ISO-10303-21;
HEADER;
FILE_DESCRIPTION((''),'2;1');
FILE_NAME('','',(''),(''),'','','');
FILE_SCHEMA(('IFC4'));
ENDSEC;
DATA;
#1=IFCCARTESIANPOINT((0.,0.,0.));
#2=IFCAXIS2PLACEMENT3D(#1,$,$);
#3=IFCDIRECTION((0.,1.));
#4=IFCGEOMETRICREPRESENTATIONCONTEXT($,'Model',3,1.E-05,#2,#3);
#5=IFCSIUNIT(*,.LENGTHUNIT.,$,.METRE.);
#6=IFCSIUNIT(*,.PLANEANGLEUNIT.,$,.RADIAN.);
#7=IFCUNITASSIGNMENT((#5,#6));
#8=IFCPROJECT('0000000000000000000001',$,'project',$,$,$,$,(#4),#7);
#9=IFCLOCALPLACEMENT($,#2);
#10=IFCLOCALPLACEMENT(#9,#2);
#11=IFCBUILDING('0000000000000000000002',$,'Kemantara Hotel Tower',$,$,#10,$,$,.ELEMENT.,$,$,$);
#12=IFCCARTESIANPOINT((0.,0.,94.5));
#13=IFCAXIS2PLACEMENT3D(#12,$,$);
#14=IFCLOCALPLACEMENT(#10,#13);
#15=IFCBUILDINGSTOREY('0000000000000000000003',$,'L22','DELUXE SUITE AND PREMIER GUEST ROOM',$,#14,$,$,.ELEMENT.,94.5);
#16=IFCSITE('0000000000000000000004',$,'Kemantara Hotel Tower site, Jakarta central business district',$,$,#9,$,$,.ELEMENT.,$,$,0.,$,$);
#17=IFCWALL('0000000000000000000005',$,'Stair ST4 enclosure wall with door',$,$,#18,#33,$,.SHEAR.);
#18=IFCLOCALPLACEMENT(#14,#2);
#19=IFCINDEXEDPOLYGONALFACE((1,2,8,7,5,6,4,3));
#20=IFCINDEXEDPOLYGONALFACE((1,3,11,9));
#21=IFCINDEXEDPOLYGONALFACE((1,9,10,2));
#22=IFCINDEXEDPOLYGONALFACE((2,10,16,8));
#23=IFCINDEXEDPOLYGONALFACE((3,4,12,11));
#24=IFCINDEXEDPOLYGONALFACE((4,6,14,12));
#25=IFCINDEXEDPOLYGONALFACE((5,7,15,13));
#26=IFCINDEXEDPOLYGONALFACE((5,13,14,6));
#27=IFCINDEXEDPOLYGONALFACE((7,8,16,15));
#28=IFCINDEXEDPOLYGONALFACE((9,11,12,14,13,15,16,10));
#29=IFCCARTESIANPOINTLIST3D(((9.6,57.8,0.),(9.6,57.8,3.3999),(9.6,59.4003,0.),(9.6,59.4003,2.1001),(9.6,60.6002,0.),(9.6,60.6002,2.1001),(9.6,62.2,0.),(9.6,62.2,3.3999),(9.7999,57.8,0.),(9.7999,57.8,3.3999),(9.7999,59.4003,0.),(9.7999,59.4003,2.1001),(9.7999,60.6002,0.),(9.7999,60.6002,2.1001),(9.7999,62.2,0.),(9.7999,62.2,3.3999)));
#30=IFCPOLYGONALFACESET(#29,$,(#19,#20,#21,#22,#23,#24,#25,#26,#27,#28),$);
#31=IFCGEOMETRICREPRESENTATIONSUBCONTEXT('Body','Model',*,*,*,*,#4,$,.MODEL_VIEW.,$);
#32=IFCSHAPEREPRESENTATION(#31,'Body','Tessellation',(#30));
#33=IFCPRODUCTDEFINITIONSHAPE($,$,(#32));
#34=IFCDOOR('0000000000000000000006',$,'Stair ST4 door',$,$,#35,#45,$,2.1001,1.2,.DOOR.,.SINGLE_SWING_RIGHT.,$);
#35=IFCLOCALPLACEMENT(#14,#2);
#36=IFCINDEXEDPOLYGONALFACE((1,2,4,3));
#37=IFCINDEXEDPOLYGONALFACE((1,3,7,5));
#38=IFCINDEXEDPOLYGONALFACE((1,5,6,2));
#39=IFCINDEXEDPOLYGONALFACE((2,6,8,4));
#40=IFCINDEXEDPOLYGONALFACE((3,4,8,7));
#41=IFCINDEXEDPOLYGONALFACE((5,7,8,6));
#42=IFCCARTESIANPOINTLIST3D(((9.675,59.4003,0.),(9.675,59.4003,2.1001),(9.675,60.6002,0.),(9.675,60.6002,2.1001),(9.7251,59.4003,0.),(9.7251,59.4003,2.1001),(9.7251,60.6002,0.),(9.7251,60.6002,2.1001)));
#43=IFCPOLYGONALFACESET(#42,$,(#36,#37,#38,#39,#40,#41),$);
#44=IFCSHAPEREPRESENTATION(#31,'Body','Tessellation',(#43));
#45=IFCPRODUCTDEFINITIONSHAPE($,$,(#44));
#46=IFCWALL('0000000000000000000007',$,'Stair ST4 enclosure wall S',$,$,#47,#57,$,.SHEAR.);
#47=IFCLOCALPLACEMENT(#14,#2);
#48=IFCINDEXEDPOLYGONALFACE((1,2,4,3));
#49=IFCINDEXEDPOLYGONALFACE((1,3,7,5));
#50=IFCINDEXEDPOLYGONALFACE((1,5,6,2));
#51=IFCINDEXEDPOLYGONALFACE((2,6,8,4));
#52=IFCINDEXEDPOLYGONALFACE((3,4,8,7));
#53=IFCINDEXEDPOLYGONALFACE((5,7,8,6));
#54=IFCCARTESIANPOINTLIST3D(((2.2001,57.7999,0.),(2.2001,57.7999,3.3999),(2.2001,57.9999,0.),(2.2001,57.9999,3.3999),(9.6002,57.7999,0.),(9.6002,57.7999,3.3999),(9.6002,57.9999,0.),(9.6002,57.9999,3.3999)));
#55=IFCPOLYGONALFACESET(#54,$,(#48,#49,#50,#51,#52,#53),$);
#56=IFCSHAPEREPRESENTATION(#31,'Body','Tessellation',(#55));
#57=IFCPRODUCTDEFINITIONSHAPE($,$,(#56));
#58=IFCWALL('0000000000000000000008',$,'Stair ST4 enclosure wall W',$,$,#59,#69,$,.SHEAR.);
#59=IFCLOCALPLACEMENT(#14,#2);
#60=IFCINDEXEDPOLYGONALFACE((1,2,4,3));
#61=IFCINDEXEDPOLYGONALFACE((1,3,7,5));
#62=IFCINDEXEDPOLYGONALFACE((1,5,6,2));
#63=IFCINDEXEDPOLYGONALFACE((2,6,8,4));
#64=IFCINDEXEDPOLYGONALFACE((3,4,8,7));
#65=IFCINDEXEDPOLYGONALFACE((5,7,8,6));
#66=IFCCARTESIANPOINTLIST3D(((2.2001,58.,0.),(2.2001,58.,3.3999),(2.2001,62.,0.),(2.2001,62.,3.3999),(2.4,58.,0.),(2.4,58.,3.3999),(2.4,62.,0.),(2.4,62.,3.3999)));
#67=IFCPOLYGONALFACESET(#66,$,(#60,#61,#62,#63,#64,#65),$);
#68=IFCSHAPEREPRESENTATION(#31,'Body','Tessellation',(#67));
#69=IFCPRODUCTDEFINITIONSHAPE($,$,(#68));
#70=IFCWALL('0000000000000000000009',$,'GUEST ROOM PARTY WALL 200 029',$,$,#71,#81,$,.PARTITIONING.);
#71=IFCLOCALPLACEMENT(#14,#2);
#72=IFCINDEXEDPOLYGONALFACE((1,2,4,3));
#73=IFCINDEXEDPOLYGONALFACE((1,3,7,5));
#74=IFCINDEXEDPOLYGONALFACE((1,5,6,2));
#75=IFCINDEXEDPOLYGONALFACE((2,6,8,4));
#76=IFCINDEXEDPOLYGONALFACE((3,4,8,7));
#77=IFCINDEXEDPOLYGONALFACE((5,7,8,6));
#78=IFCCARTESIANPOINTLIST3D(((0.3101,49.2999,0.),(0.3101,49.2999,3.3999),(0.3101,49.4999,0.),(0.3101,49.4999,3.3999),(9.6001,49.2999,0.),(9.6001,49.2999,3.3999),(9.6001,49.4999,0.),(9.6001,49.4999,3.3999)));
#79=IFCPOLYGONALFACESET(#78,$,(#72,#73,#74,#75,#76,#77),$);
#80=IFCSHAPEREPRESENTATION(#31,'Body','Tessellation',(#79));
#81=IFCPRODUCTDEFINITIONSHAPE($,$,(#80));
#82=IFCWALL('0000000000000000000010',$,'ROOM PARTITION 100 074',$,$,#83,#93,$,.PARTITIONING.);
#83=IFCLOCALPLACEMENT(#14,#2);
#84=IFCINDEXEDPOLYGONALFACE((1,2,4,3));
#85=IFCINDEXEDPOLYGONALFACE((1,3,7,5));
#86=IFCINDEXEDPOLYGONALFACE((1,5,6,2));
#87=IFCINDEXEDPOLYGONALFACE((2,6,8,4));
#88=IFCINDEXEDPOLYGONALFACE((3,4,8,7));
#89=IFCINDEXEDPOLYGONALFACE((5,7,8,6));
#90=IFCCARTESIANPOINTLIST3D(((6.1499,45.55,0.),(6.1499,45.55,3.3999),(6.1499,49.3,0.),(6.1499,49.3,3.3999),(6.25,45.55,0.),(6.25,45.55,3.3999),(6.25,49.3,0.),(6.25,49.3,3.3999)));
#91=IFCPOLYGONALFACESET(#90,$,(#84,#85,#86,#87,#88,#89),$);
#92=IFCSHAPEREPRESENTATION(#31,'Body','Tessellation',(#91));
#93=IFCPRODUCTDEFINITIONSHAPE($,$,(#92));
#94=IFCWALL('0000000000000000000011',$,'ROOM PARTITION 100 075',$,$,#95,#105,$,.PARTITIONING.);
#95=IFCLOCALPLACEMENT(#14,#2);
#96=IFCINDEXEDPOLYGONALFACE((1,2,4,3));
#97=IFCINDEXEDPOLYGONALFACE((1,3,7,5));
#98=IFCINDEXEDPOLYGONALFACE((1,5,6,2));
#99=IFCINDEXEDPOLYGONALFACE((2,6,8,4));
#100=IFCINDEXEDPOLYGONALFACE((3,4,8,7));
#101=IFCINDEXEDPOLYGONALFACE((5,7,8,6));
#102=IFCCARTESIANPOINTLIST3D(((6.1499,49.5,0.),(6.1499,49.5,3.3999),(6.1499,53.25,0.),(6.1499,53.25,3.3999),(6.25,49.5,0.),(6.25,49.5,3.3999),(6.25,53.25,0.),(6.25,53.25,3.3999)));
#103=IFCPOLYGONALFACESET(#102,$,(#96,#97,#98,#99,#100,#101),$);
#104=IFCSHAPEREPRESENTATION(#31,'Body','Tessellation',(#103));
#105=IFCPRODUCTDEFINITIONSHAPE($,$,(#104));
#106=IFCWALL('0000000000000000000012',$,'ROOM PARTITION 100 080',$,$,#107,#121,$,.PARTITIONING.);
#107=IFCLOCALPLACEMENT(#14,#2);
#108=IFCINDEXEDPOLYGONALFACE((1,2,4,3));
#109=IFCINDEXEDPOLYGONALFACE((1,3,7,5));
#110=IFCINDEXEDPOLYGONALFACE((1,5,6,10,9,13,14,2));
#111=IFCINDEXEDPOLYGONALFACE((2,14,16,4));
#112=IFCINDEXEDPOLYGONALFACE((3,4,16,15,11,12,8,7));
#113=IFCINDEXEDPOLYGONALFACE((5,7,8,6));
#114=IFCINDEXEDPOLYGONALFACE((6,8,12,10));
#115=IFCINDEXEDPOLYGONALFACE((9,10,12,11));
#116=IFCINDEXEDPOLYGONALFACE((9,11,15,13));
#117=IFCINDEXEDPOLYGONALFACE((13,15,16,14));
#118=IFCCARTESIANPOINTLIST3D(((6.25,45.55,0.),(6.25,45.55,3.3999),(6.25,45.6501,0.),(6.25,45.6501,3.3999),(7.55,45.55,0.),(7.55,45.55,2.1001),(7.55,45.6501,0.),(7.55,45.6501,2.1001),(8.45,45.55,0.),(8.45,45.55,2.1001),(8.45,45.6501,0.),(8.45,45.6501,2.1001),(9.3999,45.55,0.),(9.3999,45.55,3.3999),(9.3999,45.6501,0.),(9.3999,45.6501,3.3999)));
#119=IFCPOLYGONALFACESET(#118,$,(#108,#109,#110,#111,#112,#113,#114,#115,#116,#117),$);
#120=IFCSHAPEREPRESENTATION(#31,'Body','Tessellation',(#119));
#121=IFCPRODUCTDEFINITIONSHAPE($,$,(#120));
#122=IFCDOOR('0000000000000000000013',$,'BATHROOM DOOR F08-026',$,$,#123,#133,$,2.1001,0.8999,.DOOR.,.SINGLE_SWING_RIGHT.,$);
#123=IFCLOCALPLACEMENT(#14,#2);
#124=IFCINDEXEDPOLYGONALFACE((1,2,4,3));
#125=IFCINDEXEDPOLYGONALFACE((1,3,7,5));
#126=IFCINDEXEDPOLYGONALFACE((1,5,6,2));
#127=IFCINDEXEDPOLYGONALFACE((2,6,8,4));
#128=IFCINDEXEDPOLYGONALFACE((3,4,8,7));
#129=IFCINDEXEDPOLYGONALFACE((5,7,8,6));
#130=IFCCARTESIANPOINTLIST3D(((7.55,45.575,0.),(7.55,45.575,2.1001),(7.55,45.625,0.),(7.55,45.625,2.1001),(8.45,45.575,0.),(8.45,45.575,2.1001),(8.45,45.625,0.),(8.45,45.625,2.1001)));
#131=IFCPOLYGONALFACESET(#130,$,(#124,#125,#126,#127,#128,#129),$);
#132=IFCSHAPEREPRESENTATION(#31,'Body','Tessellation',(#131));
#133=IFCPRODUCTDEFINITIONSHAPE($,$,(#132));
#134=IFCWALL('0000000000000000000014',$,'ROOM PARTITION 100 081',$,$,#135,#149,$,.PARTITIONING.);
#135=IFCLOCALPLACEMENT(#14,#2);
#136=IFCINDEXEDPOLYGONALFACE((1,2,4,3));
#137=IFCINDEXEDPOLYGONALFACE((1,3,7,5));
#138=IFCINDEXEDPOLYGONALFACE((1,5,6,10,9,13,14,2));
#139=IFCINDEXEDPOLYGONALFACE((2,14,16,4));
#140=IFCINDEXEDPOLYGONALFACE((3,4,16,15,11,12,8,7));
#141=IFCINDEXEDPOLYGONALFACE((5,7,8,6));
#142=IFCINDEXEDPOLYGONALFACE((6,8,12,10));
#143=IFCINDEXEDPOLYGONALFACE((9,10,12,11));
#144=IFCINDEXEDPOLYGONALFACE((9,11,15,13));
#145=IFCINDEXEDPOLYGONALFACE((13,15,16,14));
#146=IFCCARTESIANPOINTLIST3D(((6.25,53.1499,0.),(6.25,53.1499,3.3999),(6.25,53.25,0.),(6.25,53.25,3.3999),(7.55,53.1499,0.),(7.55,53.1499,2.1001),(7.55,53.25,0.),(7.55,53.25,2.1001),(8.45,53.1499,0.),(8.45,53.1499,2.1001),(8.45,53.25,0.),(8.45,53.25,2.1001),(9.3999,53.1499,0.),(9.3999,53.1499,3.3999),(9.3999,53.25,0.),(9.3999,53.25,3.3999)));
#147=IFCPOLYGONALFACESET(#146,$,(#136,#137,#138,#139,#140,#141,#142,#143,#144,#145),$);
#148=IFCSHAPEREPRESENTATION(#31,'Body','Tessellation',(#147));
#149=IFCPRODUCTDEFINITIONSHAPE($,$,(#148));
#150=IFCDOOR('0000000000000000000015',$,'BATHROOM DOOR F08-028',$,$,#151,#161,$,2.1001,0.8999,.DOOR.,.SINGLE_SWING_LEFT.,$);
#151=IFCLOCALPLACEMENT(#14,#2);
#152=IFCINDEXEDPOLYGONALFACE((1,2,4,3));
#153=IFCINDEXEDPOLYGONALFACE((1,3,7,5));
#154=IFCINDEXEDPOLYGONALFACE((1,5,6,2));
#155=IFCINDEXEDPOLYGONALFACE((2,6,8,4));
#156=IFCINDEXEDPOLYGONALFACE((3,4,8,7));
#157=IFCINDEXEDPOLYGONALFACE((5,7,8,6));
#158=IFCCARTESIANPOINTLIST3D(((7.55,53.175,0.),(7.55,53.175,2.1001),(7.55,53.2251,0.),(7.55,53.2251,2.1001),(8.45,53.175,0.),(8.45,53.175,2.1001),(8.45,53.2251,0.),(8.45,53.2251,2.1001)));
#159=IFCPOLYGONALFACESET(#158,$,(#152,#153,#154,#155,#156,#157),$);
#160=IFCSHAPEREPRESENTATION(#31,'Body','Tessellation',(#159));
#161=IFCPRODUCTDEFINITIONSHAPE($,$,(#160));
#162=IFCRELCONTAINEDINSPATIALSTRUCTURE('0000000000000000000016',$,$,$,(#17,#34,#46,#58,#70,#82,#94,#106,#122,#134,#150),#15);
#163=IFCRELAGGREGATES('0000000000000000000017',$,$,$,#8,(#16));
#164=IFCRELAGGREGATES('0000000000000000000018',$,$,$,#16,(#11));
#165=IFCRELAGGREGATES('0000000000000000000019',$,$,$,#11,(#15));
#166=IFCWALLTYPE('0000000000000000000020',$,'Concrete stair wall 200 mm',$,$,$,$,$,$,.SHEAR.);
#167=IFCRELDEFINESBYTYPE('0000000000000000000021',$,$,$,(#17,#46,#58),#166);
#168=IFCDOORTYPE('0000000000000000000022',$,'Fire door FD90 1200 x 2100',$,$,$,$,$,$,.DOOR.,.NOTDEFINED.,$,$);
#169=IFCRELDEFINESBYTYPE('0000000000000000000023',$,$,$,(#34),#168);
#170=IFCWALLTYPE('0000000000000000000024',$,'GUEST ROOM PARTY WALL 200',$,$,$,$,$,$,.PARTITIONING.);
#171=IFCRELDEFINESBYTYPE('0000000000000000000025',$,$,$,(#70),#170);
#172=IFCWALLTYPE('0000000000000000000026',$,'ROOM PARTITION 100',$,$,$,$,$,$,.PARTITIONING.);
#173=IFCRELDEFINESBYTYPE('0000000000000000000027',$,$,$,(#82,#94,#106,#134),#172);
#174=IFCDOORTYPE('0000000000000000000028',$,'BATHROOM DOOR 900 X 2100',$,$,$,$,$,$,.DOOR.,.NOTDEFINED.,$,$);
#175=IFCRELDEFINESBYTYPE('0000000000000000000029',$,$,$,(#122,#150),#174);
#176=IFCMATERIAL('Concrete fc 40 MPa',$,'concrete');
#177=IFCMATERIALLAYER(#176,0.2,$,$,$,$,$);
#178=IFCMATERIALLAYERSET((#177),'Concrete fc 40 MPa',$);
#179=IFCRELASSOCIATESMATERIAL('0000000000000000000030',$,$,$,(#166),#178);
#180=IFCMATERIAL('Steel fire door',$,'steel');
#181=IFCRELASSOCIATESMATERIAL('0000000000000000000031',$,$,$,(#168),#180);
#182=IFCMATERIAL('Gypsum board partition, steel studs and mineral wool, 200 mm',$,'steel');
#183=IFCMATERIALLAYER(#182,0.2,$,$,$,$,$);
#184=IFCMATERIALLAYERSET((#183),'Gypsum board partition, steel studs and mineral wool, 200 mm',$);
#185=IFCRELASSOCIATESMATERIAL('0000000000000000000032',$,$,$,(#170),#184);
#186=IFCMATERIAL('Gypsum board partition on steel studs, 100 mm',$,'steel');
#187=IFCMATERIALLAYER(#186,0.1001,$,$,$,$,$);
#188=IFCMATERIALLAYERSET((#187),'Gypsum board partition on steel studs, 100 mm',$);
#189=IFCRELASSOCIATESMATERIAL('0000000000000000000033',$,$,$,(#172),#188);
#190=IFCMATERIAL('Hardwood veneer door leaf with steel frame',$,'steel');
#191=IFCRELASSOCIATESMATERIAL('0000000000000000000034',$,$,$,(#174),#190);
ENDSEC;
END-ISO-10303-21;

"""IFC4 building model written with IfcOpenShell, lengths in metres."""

from ifc_helpers import new_model, si_unit, direction, frame, frame_2d, origin, place, context, subcontext, project, spatial, rectangle, extrude, material, layer, layer_set, type_object, element, fill, save


model = new_model("IFC4")

# Units and contexts
model_context = context("Model", 3, precision=1e-05, world=origin(), true_north=direction((0.0, 1.0)))
body_context = subcontext(model_context, "Body", "Model", "MODEL_VIEW")
ifc_project = project(units=[si_unit("LENGTHUNIT", "METRE"), si_unit("PLANEANGLEUNIT", "RADIAN")], contexts=[model_context])

# Site, building, storey
site_placement = place(None, origin())
site = spatial("IfcSite", under=ifc_project, at=site_placement, Name="Kemantara Hotel Tower site, Jakarta central business district", CompositionType="ELEMENT", RefElevation=0.0)
building_placement = place(site_placement, origin())
building = spatial("IfcBuilding", under=site, at=building_placement, Name="Kemantara Hotel Tower", CompositionType="ELEMENT")
storey_placement = place(building_placement, frame((0.0, 0.0, 94.5)))
storey = spatial("IfcBuildingStorey", under=building, at=storey_placement, Name="L22", Description="DELUXE SUITE AND PREMIER GUEST ROOM", CompositionType="ELEMENT", Elevation=94.5)

# Shared definitions
ifc_material_1 = material(Name="Gypsum board partition, steel studs and mineral wool, 200 mm", Category="steel")

# Wall, opening, door
ifc_material_2 = material(Name="Hardwood veneer door leaf with steel frame", Category="steel")
ifc_material_3 = material(Name="Concrete fc 40 MPa", Category="concrete")
ifc_layer_1 = layer(ifc_material_3, 0.2)
ifc_layer_set_1 = layer_set([ifc_layer_1], Name="Concrete fc 40 MPa")
wall_type_1 = type_object("IfcWallType", Name="Concrete stair wall 200 mm", PredefinedType="SHEAR", material=ifc_layer_set_1)
wall_1_placement = place(storey_placement, frame((9.7, 57.8, 0.0), z_axis=(0.0, 0.0, 1.0), x_axis=(0.0, 1.0, 0.0)))
wall_1 = element("IfcWall", 1, at=wall_1_placement, inside=storey, type_object=wall_type_1, Name="Stair ST4 enclosure wall with door", PredefinedType="SHEAR", context=body_context, shape_type="SweptSolid", body=[
    extrude(rectangle(XDim=4.3999, YDim=0.2, at=frame_2d((2.2, 0.0))), origin(), (0.0, 0.0, 1.0), 3.3999),
])
opening_1_placement = place(wall_1_placement, frame((1.6001, 0.0, 0.0)))
opening_1 = element("IfcOpeningElement", 2, at=opening_1_placement, cuts=wall_1, PredefinedType="OPENING", context=body_context, shape_type="SweptSolid", body=[
    extrude(rectangle(XDim=1.2, YDim=2.1001, at=frame_2d((0.6001, 1.05))), frame((0.0, 0.1099, 0.0), z_axis=(0.0, -1.0, 0.0), x_axis=(1.0, 0.0, 0.0)), (0.0, 0.0, 1.0), 0.22),
])
ifc_material_4 = material(Name="Steel fire door", Category="steel")
door_type_1 = type_object("IfcDoorType", Name="Fire door FD90 1200 x 2100", OperationType="NOTDEFINED", PredefinedType="DOOR", material=ifc_material_4)
door_1_placement = place(opening_1_placement, origin())
door_1 = element("IfcDoor", 3, at=door_1_placement, inside=storey, type_object=door_type_1, Name="Stair ST4 door", OperationType="SINGLE_SWING_RIGHT", OverallHeight=2.1001, OverallWidth=1.2, PredefinedType="DOOR", context=body_context, shape_type="SweptSolid", body=[
    extrude(rectangle(XDim=1.2, YDim=2.1001, at=frame_2d((0.6001, 1.05))), frame((0.0, 0.0249, 0.0), z_axis=(0.0, -1.0, 0.0), x_axis=(1.0, 0.0, 0.0)), (0.0, 0.0, 1.0), 0.05),
])
fill(opening_1, door_1)

# Walls
wall_2_placement = place(storey_placement, frame((2.2, 57.8999, 0.0), z_axis=(0.0, 0.0, 1.0), x_axis=(1.0, 0.0, 0.0)))
element("IfcWall", 4, at=wall_2_placement, inside=storey, type_object=wall_type_1, Name="Stair ST4 enclosure wall S", PredefinedType="SHEAR", context=body_context, shape_type="SweptSolid", body=[
    extrude(rectangle(XDim=7.4001, YDim=0.2, at=frame_2d((3.7002, 0.0))), origin(), (0.0, 0.0, 1.0), 3.3999),
])
wall_3_placement = place(storey_placement, frame((2.3, 58.0, 0.0), z_axis=(0.0, 0.0, 1.0), x_axis=(0.0, 1.0, 0.0)))
element("IfcWall", 5, at=wall_3_placement, inside=storey, type_object=wall_type_1, Name="Stair ST4 enclosure wall W", PredefinedType="SHEAR", context=body_context, shape_type="SweptSolid", body=[
    extrude(rectangle(XDim=4.0, YDim=0.2, at=frame_2d((2.0, 0.0))), origin(), (0.0, 0.0, 1.0), 3.3999),
])
ifc_layer_2 = layer(ifc_material_1, 0.2)
ifc_layer_set_2 = layer_set([ifc_layer_2], Name="Gypsum board partition, steel studs and mineral wool, 200 mm")
wall_type_2 = type_object("IfcWallType", Name="GUEST ROOM PARTY WALL 200", PredefinedType="PARTITIONING", material=ifc_layer_set_2)
wall_4_placement = place(storey_placement, frame((0.3101, 49.3999, 0.0), z_axis=(0.0, 0.0, 1.0), x_axis=(1.0, 0.0, 0.0)))
element("IfcWall", 6, at=wall_4_placement, inside=storey, type_object=wall_type_2, Name="GUEST ROOM PARTY WALL 200 029", PredefinedType="PARTITIONING", context=body_context, shape_type="SweptSolid", body=[
    extrude(rectangle(XDim=9.29, YDim=0.2, at=frame_2d((4.645, 0.0))), origin(), (0.0, 0.0, 1.0), 3.3999),
])
ifc_material_5 = material(Name="Gypsum board partition on steel studs, 100 mm", Category="steel")
ifc_layer_3 = layer(ifc_material_5, 0.1001)
ifc_layer_set_3 = layer_set([ifc_layer_3], Name="Gypsum board partition on steel studs, 100 mm")
wall_type_3 = type_object("IfcWallType", Name="ROOM PARTITION 100", PredefinedType="PARTITIONING", material=ifc_layer_set_3)
for number, where, z_axis, x_axis, name in (
    (7, (6.2, 45.55, 0.0), (0.0, 0.0, 1.0), (0.0, 1.0, 0.0), "ROOM PARTITION 100 074"),
    (8, (6.2, 49.5, 0.0), (0.0, 0.0, 1.0), (0.0, 1.0, 0.0), "ROOM PARTITION 100 075"),
):
    element("IfcWall", number, at=place(storey_placement, frame(where, z_axis=z_axis, x_axis=x_axis)), inside=storey, type_object=wall_type_3, Name=name, PredefinedType="PARTITIONING", context=body_context, shape_type="SweptSolid", body=[
        extrude(rectangle(XDim=3.75, YDim=0.1001, at=frame_2d((1.875, 0.0))), origin(), (0.0, 0.0, 1.0), 3.3999),
    ])

# Walls, openings, doors
wall_5_placement = place(storey_placement, frame((6.25, 45.6001, 0.0), z_axis=(0.0, 0.0, 1.0), x_axis=(1.0, 0.0, 0.0)))
wall_5 = element("IfcWall", 9, at=wall_5_placement, inside=storey, type_object=wall_type_3, Name="ROOM PARTITION 100 080", PredefinedType="PARTITIONING", context=body_context, shape_type="SweptSolid", body=[
    extrude(rectangle(XDim=3.1499, YDim=0.1001, at=frame_2d((1.575, 0.0))), origin(), (0.0, 0.0, 1.0), 3.3999),
])
opening_2_placement = place(wall_5_placement, frame((1.3, 0.0, 0.0)))
opening_2 = element("IfcOpeningElement", 10, at=opening_2_placement, cuts=wall_5, PredefinedType="OPENING", context=body_context, shape_type="SweptSolid", body=[
    extrude(rectangle(XDim=0.8999, YDim=2.1001, at=frame_2d((0.45, 1.05))), frame((0.0, 0.0601, 0.0), z_axis=(0.0, -1.0, 0.0), x_axis=(1.0, 0.0, 0.0)), (0.0, 0.0, 1.0), 0.1201),
])
door_type_2 = type_object("IfcDoorType", Name="BATHROOM DOOR 900 X 2100", OperationType="NOTDEFINED", PredefinedType="DOOR", material=ifc_material_2)
door_2_placement = place(opening_2_placement, origin())
door_2 = element("IfcDoor", 11, at=door_2_placement, inside=storey, type_object=door_type_2, Name="BATHROOM DOOR F08-026", OperationType="SINGLE_SWING_RIGHT", OverallHeight=2.1001, OverallWidth=0.8999, PredefinedType="DOOR", context=body_context, shape_type="SweptSolid", body=[
    extrude(rectangle(XDim=0.8999, YDim=2.1001, at=frame_2d((0.45, 1.05))), frame((0.0, 0.0249, 0.0), z_axis=(0.0, -1.0, 0.0), x_axis=(1.0, 0.0, 0.0)), (0.0, 0.0, 1.0), 0.05),
])
fill(opening_2, door_2)
wall_6_placement = place(storey_placement, frame((9.3999, 53.2, 0.0), z_axis=(0.0, 0.0, 1.0), x_axis=(-1.0, 0.0, 0.0)))
wall_6 = element("IfcWall", 12, at=wall_6_placement, inside=storey, type_object=wall_type_3, Name="ROOM PARTITION 100 081", PredefinedType="PARTITIONING", context=body_context, shape_type="SweptSolid", body=[
    extrude(rectangle(XDim=3.1499, YDim=0.1001, at=frame_2d((1.575, 0.0))), origin(), (0.0, 0.0, 1.0), 3.3999),
])
opening_3_placement = place(wall_6_placement, frame((0.95, 0.0, 0.0)))
opening_3 = element("IfcOpeningElement", 13, at=opening_3_placement, cuts=wall_6, PredefinedType="OPENING", context=body_context, shape_type="SweptSolid", body=[
    extrude(rectangle(XDim=0.8999, YDim=2.1001, at=frame_2d((0.45, 1.05))), frame((0.0, 0.0601, 0.0), z_axis=(0.0, -1.0, 0.0), x_axis=(1.0, 0.0, 0.0)), (0.0, 0.0, 1.0), 0.1201),
])
door_3_placement = place(opening_3_placement, origin())
door_3 = element("IfcDoor", 14, at=door_3_placement, inside=storey, type_object=door_type_2, Name="BATHROOM DOOR F08-028", OperationType="SINGLE_SWING_LEFT", OverallHeight=2.1001, OverallWidth=0.8999, PredefinedType="DOOR", context=body_context, shape_type="SweptSolid", body=[
    extrude(rectangle(XDim=0.8999, YDim=2.1001, at=frame_2d((0.45, 1.05))), frame((0.0, 0.0249, 0.0), z_axis=(0.0, -1.0, 0.0), x_axis=(1.0, 0.0, 0.0)), (0.0, 0.0, 1.0), 0.05),
])
fill(opening_3, door_3)

save(model, "model.ifc")
